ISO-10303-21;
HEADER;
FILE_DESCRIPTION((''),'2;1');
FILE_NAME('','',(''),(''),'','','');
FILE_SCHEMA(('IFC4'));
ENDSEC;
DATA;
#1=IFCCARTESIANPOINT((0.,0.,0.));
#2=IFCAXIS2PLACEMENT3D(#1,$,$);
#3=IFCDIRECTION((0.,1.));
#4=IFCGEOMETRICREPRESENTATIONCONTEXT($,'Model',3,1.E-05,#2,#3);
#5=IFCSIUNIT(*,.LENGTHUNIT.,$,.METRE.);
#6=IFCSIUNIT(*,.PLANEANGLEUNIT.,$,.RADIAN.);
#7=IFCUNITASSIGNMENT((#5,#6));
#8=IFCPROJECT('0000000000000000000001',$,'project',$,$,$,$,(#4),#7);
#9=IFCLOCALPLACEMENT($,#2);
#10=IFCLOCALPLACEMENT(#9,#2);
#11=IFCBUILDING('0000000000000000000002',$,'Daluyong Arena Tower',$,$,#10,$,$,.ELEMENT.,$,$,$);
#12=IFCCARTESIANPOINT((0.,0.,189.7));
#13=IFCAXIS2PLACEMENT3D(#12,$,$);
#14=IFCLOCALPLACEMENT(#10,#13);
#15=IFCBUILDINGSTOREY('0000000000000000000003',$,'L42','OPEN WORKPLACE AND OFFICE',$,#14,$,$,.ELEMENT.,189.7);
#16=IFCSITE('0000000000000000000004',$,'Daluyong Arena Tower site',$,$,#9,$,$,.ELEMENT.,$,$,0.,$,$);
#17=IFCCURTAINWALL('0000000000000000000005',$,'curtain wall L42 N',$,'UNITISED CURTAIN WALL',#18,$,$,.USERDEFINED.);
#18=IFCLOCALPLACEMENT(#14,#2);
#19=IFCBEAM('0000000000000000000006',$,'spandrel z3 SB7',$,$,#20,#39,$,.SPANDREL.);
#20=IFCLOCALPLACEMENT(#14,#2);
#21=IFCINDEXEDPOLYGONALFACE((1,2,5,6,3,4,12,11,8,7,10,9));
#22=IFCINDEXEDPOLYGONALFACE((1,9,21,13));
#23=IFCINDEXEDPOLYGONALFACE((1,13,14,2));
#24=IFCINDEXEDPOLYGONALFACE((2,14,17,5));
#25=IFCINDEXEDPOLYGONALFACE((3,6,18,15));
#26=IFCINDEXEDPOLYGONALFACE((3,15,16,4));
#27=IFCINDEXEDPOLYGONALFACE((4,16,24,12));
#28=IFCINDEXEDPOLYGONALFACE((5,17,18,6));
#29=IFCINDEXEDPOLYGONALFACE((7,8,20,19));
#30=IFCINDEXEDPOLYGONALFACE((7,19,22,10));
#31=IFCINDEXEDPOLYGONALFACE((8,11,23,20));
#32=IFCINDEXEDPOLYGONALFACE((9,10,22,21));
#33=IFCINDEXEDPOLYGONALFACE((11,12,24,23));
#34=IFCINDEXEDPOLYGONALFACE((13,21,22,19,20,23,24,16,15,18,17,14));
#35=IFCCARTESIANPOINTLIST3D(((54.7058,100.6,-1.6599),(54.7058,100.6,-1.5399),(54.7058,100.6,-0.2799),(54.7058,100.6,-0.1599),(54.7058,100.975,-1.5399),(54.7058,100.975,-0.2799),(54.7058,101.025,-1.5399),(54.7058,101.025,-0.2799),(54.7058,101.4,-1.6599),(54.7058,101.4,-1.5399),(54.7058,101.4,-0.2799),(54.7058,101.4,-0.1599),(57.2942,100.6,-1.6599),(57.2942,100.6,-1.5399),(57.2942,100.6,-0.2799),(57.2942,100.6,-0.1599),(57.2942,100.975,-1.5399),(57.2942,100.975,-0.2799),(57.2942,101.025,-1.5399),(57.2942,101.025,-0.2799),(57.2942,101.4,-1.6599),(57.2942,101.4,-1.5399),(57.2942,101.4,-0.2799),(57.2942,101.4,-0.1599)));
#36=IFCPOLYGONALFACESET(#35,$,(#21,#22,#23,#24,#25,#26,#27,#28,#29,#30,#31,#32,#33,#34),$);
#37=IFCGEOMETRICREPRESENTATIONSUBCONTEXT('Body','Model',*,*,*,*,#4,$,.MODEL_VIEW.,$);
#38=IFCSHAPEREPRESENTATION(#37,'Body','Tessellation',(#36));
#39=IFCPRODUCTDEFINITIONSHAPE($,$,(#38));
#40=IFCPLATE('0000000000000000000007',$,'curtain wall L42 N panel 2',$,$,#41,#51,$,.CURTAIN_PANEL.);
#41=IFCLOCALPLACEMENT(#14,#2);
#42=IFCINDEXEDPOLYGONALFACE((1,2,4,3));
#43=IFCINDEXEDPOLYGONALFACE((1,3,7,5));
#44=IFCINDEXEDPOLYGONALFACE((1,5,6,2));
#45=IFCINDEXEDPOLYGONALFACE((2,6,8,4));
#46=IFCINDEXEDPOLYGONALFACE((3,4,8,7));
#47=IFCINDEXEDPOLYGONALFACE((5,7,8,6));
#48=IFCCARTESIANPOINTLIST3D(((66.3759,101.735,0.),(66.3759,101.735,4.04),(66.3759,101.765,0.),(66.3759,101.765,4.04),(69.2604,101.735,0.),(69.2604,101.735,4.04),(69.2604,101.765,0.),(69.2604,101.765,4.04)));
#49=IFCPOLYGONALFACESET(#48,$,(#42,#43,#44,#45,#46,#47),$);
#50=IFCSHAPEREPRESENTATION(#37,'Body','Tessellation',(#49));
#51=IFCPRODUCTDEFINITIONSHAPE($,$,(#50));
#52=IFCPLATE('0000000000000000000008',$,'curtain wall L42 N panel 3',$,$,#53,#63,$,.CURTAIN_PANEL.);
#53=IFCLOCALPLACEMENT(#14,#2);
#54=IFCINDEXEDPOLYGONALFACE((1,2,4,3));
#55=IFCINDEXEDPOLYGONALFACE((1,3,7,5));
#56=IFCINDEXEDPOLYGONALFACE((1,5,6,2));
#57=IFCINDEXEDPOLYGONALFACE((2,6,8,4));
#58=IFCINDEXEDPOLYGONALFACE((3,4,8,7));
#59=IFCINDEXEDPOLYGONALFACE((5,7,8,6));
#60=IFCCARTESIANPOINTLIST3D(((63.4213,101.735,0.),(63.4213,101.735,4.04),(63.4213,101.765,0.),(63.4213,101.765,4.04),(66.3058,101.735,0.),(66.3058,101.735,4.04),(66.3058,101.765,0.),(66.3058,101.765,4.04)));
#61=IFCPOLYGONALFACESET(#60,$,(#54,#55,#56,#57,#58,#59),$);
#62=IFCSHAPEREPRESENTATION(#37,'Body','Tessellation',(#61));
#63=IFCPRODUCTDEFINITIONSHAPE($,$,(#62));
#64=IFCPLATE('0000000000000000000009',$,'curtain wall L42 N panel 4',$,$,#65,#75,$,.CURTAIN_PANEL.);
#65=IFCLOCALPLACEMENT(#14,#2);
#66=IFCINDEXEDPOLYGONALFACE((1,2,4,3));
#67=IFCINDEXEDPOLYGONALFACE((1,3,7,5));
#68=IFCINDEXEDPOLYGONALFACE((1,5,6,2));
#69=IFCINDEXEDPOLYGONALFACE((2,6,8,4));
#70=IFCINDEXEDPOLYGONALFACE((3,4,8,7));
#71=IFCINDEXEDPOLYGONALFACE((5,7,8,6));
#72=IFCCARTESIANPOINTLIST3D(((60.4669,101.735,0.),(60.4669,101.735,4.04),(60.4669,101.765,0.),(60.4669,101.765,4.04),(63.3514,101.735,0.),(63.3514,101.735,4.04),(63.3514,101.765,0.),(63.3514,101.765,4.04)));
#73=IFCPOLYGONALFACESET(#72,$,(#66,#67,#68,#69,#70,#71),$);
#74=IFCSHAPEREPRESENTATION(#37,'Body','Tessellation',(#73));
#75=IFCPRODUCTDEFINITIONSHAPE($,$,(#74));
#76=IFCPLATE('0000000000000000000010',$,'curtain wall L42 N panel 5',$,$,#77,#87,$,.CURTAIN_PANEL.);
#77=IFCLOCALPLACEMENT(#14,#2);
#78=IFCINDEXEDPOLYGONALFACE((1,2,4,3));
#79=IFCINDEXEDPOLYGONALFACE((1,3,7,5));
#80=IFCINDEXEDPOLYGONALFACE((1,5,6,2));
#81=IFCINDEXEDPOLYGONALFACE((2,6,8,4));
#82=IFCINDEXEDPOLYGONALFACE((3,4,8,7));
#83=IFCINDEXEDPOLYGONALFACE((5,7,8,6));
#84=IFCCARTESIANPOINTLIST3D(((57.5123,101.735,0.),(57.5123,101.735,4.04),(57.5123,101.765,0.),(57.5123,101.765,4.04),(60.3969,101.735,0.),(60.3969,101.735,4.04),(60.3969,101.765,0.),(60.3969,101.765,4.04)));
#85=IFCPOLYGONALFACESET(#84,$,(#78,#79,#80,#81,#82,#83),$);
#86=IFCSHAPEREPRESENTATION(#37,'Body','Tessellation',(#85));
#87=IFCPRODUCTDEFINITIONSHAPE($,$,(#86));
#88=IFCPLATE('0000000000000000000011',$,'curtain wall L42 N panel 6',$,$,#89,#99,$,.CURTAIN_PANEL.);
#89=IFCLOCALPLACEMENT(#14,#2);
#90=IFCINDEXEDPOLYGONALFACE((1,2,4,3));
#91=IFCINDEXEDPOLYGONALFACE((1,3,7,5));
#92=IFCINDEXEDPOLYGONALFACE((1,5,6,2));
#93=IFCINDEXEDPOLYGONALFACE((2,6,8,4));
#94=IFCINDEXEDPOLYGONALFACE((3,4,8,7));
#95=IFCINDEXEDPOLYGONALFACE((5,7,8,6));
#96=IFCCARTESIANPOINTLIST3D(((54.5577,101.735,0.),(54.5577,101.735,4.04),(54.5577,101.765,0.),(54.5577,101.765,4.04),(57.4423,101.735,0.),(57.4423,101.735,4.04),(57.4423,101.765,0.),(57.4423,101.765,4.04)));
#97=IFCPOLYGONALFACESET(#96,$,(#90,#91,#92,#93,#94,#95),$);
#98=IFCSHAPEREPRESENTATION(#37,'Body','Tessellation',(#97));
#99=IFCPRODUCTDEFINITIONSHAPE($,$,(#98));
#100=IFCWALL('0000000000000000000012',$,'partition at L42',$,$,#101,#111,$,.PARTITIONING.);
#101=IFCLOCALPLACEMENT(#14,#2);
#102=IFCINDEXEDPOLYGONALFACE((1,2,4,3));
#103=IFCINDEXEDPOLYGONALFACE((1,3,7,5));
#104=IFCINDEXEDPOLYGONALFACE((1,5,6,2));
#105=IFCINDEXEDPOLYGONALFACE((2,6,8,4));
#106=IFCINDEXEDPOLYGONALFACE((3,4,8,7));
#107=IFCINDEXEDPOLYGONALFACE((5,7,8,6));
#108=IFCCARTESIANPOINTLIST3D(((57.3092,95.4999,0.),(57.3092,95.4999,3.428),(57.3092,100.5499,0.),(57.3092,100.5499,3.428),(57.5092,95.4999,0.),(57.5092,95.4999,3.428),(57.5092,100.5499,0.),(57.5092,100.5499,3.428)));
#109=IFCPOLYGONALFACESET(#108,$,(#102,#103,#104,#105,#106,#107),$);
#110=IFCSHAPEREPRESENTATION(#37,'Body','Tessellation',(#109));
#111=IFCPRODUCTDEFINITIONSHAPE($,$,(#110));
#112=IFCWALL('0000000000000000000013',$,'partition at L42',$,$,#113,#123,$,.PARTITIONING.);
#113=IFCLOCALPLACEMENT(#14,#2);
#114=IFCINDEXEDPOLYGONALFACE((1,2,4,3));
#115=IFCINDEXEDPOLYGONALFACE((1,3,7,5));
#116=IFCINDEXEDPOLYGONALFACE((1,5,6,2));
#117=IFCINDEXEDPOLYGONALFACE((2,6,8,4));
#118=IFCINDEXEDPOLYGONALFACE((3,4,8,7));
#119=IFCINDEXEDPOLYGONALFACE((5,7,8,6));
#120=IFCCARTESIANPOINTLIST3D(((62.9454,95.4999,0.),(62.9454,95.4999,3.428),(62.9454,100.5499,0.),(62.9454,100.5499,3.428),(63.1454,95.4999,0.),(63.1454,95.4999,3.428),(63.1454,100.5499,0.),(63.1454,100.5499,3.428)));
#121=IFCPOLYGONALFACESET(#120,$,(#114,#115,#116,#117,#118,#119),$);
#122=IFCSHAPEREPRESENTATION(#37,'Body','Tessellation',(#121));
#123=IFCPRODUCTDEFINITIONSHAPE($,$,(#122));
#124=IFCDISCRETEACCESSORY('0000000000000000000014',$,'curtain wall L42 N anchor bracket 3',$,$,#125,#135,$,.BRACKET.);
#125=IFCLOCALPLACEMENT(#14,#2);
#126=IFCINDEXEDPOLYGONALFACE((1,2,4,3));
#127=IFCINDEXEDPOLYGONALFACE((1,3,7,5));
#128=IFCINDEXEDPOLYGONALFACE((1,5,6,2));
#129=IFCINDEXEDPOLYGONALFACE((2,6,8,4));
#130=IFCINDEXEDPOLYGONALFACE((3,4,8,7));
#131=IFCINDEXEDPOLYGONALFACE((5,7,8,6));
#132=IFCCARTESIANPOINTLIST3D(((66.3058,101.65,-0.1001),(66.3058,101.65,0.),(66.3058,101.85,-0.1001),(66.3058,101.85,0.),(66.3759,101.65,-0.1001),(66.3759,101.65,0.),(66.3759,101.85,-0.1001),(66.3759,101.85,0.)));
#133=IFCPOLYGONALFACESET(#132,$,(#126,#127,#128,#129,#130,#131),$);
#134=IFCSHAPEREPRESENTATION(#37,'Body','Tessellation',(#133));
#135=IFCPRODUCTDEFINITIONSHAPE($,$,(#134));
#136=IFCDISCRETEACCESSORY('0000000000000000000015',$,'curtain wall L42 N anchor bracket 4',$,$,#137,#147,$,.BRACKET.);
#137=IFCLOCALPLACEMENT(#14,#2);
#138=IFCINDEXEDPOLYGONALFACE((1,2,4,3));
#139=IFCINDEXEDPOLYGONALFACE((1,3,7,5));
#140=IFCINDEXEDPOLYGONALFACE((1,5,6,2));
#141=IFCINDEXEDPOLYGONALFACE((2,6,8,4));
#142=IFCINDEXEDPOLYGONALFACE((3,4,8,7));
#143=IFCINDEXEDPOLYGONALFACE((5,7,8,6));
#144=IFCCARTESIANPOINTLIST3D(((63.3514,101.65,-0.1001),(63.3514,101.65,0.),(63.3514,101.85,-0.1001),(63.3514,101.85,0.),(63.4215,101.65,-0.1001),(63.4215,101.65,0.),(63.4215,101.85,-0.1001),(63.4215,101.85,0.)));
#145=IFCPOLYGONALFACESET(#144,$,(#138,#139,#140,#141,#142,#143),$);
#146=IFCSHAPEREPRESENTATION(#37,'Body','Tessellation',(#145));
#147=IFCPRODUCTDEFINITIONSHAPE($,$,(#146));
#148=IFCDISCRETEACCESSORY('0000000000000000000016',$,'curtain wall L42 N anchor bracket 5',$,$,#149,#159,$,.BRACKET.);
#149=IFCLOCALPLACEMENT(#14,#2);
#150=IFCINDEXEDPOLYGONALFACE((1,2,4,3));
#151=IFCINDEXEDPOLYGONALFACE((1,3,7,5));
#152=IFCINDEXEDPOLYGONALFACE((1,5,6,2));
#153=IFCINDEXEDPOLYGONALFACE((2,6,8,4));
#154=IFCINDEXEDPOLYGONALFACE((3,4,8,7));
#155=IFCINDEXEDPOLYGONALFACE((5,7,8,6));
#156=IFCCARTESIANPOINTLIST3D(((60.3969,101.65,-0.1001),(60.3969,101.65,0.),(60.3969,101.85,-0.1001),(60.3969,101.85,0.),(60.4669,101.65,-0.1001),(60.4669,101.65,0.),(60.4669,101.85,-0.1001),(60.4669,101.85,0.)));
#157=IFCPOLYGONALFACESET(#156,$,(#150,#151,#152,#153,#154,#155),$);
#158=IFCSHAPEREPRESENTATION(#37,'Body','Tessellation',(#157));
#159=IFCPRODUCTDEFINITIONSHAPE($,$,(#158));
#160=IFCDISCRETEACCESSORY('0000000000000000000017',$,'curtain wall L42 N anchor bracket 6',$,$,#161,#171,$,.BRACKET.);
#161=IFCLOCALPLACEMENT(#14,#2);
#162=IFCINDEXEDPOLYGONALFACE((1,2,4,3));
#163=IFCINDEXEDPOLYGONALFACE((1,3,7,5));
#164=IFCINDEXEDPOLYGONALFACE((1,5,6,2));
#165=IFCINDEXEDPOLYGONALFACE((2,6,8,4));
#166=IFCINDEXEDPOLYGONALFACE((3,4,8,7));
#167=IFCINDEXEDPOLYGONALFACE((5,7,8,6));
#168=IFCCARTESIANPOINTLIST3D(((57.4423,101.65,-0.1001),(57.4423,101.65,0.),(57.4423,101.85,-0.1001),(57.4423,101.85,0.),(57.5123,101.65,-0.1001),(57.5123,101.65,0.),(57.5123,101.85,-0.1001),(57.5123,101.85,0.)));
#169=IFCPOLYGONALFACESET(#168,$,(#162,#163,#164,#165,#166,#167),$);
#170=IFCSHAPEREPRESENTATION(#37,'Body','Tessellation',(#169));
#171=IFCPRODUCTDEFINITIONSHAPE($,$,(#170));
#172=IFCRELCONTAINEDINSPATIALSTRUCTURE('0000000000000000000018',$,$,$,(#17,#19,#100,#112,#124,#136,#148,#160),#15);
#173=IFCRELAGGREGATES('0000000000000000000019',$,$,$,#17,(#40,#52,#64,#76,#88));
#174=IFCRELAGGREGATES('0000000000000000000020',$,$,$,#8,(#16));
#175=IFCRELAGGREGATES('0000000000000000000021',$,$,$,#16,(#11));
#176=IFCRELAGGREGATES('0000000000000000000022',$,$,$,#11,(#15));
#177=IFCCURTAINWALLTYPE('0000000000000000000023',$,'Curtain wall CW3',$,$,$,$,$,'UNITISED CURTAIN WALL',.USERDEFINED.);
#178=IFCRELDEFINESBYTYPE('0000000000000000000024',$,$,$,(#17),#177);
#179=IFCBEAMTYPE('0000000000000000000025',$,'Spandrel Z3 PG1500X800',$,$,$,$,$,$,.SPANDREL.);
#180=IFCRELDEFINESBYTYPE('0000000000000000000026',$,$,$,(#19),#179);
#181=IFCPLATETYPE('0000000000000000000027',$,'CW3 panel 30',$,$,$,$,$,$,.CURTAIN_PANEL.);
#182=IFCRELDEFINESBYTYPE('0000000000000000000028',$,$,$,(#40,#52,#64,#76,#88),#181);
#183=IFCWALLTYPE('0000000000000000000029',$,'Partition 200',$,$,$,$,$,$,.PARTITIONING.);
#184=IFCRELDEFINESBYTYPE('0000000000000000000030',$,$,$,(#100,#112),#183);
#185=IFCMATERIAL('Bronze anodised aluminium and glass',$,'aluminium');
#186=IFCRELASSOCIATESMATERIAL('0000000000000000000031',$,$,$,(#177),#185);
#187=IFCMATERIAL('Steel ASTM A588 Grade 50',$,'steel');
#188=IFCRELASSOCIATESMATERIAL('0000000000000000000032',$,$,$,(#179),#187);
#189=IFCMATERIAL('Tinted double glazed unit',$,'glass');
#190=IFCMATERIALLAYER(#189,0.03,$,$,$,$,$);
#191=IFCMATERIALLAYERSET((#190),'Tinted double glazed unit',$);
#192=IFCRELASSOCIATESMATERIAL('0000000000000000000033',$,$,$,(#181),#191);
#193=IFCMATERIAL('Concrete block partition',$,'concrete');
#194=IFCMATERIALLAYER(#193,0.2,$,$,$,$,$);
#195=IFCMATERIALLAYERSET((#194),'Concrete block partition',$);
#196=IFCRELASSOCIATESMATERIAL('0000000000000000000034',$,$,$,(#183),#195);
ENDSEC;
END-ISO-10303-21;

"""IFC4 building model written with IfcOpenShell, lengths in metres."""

from ifc_helpers import new_model, si_unit, direction, frame, frame_2d, origin, origin_2d, place, context, subcontext, project, spatial, rectangle, i_section, extrude, material, layer, layer_set, material_profile, profile_set, type_object, element, aggregate, save


model = new_model("IFC4")

# Units and contexts
model_context = context("Model", 3, precision=1e-05, world=origin(), true_north=direction((0.0, 1.0)))
body_context = subcontext(model_context, "Body", "Model", "MODEL_VIEW")
ifc_project = project(units=[si_unit("LENGTHUNIT", "METRE"), si_unit("PLANEANGLEUNIT", "RADIAN")], contexts=[model_context])

# Site, building, storey
site_placement = place(None, origin())
site = spatial("IfcSite", under=ifc_project, at=site_placement, Name="Daluyong Arena Tower site", CompositionType="ELEMENT", RefElevation=0.0)
building_placement = place(site_placement, origin())
building = spatial("IfcBuilding", under=site, at=building_placement, Name="Daluyong Arena Tower", CompositionType="ELEMENT")
storey_placement = place(building_placement, frame((0.0, 0.0, 189.7)))
storey = spatial("IfcBuildingStorey", under=building, at=storey_placement, Name="L42", Description="OPEN WORKPLACE AND OFFICE", CompositionType="ELEMENT", Elevation=189.7)

# Curtain wall
ifc_material_1 = material(Name="Bronze anodised aluminium and glass", Category="aluminium")
curtain_wall_type = type_object("IfcCurtainWallType", Name="Curtain wall CW3", ElementType="UNITISED CURTAIN WALL", PredefinedType="USERDEFINED", material=ifc_material_1)
curtain_wall_placement = place(storey_placement, origin())
curtain_wall = element("IfcCurtainWall", 1, at=curtain_wall_placement, inside=storey, type_object=curtain_wall_type, Name="curtain wall L42 N", ObjectType="UNITISED CURTAIN WALL", PredefinedType="USERDEFINED")

# Beam
ifc_material_2 = material(Name="Steel ASTM A588 Grade 50", Category="steel")
ifc_material_profile_1 = material_profile(ifc_material_2, i_section(OverallWidth=0.8, OverallDepth=1.5, WebThickness=0.05, FlangeThickness=0.12, at=origin_2d()))
ifc_profile_set_1 = profile_set([ifc_material_profile_1], Name="Steel ASTM A588 Grade 50")
beam_type_1 = type_object("IfcBeamType", Name="Spandrel Z3 PG1500X800", PredefinedType="SPANDREL", material=ifc_profile_set_1)
beam_1_placement = place(storey_placement, frame((57.2942, 101.0, -0.9099), z_axis=(-1.0, 0.0, 0.0), x_axis=(0.0, -1.0, 0.0)))
element("IfcBeam", 2, at=beam_1_placement, inside=storey, type_object=beam_type_1, Name="spandrel z3 SB7", PredefinedType="SPANDREL", context=body_context, shape_type="SweptSolid", body=[
    extrude(i_section(OverallWidth=0.8, OverallDepth=1.5, WebThickness=0.05, FlangeThickness=0.12, at=origin_2d()), origin(), (0.0, 0.0, 1.0), 2.5884),
])

# Plates
ifc_material_3 = material(Name="Tinted double glazed unit", Category="glass")
ifc_layer_1 = layer(ifc_material_3, 0.03)
ifc_layer_set_1 = layer_set([ifc_layer_1], Name="Tinted double glazed unit")
plate_type = type_object("IfcPlateType", Name="CW3 panel 30", PredefinedType="CURTAIN_PANEL", material=ifc_layer_set_1)
plate_1_placement = place(storey_placement, frame((67.8181, 101.75, 0.0), z_axis=(0.0, 0.0, 1.0), x_axis=(-1.0, 0.0, 0.0)))
plate_1 = element("IfcPlate", 3, at=plate_1_placement, type_object=plate_type, Name="curtain wall L42 N panel 2", PredefinedType="CURTAIN_PANEL", context=body_context, shape_type="SweptSolid", body=[
    extrude(rectangle(XDim=2.8845, YDim=0.03, at=origin_2d()), origin(), (0.0, 0.0, 1.0), 4.04),
])
plate_2_placement = place(storey_placement, frame((64.8635, 101.75, 0.0), z_axis=(0.0, 0.0, 1.0), x_axis=(-1.0, 0.0, 0.0)))
plate_2 = element("IfcPlate", 4, at=plate_2_placement, type_object=plate_type, Name="curtain wall L42 N panel 3", PredefinedType="CURTAIN_PANEL", context=body_context, shape_type="SweptSolid", body=[
    extrude(rectangle(XDim=2.8845, YDim=0.03, at=origin_2d()), origin(), (0.0, 0.0, 1.0), 4.04),
])
plate_3_placement = place(storey_placement, frame((61.9092, 101.75, 0.0), z_axis=(0.0, 0.0, 1.0), x_axis=(-1.0, 0.0, 0.0)))
plate_3 = element("IfcPlate", 5, at=plate_3_placement, type_object=plate_type, Name="curtain wall L42 N panel 4", PredefinedType="CURTAIN_PANEL", context=body_context, shape_type="SweptSolid", body=[
    extrude(rectangle(XDim=2.8845, YDim=0.03, at=origin_2d()), origin(), (0.0, 0.0, 1.0), 4.04),
])
plate_4_placement = place(storey_placement, frame((58.9546, 101.75, 0.0), z_axis=(0.0, 0.0, 1.0), x_axis=(-1.0, 0.0, 0.0)))
plate_4 = element("IfcPlate", 6, at=plate_4_placement, type_object=plate_type, Name="curtain wall L42 N panel 5", PredefinedType="CURTAIN_PANEL", context=body_context, shape_type="SweptSolid", body=[
    extrude(rectangle(XDim=2.8845, YDim=0.03, at=origin_2d()), origin(), (0.0, 0.0, 1.0), 4.04),
])
plate_5_placement = place(storey_placement, frame((56.0, 101.75, 0.0), z_axis=(0.0, 0.0, 1.0), x_axis=(-1.0, 0.0, 0.0)))
plate_5 = element("IfcPlate", 7, at=plate_5_placement, type_object=plate_type, Name="curtain wall L42 N panel 6", PredefinedType="CURTAIN_PANEL", context=body_context, shape_type="SweptSolid", body=[
    extrude(rectangle(XDim=2.8845, YDim=0.03, at=origin_2d()), origin(), (0.0, 0.0, 1.0), 4.04),
])
aggregate(curtain_wall, [plate_1, plate_2, plate_3, plate_4, plate_5])

# Walls
ifc_material_4 = material(Name="Concrete block partition", Category="concrete")
ifc_layer_2 = layer(ifc_material_4, 0.2)
ifc_layer_set_2 = layer_set([ifc_layer_2], Name="Concrete block partition")
wall_type = type_object("IfcWallType", Name="Partition 200", PredefinedType="PARTITIONING", material=ifc_layer_set_2)
for number, where, z_axis, x_axis, name in (
    (8, (57.4092, 95.5, 0.0), (0.0, 0.0, 1.0), (0.0, 1.0, 0.0), "partition at L42"),
    (9, (63.0454, 95.5, 0.0), (0.0, 0.0, 1.0), (0.0, 1.0, 0.0), "partition at L42"),
):
    element("IfcWall", number, at=place(storey_placement, frame(where, z_axis=z_axis, x_axis=x_axis)), inside=storey, type_object=wall_type, Name=name, PredefinedType="PARTITIONING", context=body_context, shape_type="SweptSolid", body=[
        extrude(rectangle(XDim=5.05, YDim=0.2, at=frame_2d((2.5249, 0.0))), origin(), (0.0, 0.0, 1.0), 3.428),
    ])

# Discrete accessories
for number, where, z_axis, x_axis, name in (
    (10, (66.3408, 101.75, -0.1001), (0.0, 0.0, 1.0), (-1.0, 0.0, 0.0), "curtain wall L42 N anchor bracket 3"),
    (11, (63.3865, 101.75, -0.1001), (0.0, 0.0, 1.0), (-1.0, 0.0, 0.0), "curtain wall L42 N anchor bracket 4"),
    (12, (60.4319, 101.75, -0.1001), (0.0, 0.0, 1.0), (-1.0, 0.0, 0.0), "curtain wall L42 N anchor bracket 5"),
    (13, (57.4773, 101.75, -0.1001), (0.0, 0.0, 1.0), (-1.0, 0.0, 0.0), "curtain wall L42 N anchor bracket 6"),
):
    element("IfcDiscreteAccessory", number, at=place(storey_placement, frame(where, z_axis=z_axis, x_axis=x_axis)), inside=storey, Name=name, PredefinedType="BRACKET", context=body_context, shape_type="SweptSolid", body=[
        extrude(rectangle(XDim=0.0701, YDim=0.2, at=origin_2d()), origin(), (0.0, 0.0, 1.0), 0.1001),
    ])

save(model, "model.ifc")
